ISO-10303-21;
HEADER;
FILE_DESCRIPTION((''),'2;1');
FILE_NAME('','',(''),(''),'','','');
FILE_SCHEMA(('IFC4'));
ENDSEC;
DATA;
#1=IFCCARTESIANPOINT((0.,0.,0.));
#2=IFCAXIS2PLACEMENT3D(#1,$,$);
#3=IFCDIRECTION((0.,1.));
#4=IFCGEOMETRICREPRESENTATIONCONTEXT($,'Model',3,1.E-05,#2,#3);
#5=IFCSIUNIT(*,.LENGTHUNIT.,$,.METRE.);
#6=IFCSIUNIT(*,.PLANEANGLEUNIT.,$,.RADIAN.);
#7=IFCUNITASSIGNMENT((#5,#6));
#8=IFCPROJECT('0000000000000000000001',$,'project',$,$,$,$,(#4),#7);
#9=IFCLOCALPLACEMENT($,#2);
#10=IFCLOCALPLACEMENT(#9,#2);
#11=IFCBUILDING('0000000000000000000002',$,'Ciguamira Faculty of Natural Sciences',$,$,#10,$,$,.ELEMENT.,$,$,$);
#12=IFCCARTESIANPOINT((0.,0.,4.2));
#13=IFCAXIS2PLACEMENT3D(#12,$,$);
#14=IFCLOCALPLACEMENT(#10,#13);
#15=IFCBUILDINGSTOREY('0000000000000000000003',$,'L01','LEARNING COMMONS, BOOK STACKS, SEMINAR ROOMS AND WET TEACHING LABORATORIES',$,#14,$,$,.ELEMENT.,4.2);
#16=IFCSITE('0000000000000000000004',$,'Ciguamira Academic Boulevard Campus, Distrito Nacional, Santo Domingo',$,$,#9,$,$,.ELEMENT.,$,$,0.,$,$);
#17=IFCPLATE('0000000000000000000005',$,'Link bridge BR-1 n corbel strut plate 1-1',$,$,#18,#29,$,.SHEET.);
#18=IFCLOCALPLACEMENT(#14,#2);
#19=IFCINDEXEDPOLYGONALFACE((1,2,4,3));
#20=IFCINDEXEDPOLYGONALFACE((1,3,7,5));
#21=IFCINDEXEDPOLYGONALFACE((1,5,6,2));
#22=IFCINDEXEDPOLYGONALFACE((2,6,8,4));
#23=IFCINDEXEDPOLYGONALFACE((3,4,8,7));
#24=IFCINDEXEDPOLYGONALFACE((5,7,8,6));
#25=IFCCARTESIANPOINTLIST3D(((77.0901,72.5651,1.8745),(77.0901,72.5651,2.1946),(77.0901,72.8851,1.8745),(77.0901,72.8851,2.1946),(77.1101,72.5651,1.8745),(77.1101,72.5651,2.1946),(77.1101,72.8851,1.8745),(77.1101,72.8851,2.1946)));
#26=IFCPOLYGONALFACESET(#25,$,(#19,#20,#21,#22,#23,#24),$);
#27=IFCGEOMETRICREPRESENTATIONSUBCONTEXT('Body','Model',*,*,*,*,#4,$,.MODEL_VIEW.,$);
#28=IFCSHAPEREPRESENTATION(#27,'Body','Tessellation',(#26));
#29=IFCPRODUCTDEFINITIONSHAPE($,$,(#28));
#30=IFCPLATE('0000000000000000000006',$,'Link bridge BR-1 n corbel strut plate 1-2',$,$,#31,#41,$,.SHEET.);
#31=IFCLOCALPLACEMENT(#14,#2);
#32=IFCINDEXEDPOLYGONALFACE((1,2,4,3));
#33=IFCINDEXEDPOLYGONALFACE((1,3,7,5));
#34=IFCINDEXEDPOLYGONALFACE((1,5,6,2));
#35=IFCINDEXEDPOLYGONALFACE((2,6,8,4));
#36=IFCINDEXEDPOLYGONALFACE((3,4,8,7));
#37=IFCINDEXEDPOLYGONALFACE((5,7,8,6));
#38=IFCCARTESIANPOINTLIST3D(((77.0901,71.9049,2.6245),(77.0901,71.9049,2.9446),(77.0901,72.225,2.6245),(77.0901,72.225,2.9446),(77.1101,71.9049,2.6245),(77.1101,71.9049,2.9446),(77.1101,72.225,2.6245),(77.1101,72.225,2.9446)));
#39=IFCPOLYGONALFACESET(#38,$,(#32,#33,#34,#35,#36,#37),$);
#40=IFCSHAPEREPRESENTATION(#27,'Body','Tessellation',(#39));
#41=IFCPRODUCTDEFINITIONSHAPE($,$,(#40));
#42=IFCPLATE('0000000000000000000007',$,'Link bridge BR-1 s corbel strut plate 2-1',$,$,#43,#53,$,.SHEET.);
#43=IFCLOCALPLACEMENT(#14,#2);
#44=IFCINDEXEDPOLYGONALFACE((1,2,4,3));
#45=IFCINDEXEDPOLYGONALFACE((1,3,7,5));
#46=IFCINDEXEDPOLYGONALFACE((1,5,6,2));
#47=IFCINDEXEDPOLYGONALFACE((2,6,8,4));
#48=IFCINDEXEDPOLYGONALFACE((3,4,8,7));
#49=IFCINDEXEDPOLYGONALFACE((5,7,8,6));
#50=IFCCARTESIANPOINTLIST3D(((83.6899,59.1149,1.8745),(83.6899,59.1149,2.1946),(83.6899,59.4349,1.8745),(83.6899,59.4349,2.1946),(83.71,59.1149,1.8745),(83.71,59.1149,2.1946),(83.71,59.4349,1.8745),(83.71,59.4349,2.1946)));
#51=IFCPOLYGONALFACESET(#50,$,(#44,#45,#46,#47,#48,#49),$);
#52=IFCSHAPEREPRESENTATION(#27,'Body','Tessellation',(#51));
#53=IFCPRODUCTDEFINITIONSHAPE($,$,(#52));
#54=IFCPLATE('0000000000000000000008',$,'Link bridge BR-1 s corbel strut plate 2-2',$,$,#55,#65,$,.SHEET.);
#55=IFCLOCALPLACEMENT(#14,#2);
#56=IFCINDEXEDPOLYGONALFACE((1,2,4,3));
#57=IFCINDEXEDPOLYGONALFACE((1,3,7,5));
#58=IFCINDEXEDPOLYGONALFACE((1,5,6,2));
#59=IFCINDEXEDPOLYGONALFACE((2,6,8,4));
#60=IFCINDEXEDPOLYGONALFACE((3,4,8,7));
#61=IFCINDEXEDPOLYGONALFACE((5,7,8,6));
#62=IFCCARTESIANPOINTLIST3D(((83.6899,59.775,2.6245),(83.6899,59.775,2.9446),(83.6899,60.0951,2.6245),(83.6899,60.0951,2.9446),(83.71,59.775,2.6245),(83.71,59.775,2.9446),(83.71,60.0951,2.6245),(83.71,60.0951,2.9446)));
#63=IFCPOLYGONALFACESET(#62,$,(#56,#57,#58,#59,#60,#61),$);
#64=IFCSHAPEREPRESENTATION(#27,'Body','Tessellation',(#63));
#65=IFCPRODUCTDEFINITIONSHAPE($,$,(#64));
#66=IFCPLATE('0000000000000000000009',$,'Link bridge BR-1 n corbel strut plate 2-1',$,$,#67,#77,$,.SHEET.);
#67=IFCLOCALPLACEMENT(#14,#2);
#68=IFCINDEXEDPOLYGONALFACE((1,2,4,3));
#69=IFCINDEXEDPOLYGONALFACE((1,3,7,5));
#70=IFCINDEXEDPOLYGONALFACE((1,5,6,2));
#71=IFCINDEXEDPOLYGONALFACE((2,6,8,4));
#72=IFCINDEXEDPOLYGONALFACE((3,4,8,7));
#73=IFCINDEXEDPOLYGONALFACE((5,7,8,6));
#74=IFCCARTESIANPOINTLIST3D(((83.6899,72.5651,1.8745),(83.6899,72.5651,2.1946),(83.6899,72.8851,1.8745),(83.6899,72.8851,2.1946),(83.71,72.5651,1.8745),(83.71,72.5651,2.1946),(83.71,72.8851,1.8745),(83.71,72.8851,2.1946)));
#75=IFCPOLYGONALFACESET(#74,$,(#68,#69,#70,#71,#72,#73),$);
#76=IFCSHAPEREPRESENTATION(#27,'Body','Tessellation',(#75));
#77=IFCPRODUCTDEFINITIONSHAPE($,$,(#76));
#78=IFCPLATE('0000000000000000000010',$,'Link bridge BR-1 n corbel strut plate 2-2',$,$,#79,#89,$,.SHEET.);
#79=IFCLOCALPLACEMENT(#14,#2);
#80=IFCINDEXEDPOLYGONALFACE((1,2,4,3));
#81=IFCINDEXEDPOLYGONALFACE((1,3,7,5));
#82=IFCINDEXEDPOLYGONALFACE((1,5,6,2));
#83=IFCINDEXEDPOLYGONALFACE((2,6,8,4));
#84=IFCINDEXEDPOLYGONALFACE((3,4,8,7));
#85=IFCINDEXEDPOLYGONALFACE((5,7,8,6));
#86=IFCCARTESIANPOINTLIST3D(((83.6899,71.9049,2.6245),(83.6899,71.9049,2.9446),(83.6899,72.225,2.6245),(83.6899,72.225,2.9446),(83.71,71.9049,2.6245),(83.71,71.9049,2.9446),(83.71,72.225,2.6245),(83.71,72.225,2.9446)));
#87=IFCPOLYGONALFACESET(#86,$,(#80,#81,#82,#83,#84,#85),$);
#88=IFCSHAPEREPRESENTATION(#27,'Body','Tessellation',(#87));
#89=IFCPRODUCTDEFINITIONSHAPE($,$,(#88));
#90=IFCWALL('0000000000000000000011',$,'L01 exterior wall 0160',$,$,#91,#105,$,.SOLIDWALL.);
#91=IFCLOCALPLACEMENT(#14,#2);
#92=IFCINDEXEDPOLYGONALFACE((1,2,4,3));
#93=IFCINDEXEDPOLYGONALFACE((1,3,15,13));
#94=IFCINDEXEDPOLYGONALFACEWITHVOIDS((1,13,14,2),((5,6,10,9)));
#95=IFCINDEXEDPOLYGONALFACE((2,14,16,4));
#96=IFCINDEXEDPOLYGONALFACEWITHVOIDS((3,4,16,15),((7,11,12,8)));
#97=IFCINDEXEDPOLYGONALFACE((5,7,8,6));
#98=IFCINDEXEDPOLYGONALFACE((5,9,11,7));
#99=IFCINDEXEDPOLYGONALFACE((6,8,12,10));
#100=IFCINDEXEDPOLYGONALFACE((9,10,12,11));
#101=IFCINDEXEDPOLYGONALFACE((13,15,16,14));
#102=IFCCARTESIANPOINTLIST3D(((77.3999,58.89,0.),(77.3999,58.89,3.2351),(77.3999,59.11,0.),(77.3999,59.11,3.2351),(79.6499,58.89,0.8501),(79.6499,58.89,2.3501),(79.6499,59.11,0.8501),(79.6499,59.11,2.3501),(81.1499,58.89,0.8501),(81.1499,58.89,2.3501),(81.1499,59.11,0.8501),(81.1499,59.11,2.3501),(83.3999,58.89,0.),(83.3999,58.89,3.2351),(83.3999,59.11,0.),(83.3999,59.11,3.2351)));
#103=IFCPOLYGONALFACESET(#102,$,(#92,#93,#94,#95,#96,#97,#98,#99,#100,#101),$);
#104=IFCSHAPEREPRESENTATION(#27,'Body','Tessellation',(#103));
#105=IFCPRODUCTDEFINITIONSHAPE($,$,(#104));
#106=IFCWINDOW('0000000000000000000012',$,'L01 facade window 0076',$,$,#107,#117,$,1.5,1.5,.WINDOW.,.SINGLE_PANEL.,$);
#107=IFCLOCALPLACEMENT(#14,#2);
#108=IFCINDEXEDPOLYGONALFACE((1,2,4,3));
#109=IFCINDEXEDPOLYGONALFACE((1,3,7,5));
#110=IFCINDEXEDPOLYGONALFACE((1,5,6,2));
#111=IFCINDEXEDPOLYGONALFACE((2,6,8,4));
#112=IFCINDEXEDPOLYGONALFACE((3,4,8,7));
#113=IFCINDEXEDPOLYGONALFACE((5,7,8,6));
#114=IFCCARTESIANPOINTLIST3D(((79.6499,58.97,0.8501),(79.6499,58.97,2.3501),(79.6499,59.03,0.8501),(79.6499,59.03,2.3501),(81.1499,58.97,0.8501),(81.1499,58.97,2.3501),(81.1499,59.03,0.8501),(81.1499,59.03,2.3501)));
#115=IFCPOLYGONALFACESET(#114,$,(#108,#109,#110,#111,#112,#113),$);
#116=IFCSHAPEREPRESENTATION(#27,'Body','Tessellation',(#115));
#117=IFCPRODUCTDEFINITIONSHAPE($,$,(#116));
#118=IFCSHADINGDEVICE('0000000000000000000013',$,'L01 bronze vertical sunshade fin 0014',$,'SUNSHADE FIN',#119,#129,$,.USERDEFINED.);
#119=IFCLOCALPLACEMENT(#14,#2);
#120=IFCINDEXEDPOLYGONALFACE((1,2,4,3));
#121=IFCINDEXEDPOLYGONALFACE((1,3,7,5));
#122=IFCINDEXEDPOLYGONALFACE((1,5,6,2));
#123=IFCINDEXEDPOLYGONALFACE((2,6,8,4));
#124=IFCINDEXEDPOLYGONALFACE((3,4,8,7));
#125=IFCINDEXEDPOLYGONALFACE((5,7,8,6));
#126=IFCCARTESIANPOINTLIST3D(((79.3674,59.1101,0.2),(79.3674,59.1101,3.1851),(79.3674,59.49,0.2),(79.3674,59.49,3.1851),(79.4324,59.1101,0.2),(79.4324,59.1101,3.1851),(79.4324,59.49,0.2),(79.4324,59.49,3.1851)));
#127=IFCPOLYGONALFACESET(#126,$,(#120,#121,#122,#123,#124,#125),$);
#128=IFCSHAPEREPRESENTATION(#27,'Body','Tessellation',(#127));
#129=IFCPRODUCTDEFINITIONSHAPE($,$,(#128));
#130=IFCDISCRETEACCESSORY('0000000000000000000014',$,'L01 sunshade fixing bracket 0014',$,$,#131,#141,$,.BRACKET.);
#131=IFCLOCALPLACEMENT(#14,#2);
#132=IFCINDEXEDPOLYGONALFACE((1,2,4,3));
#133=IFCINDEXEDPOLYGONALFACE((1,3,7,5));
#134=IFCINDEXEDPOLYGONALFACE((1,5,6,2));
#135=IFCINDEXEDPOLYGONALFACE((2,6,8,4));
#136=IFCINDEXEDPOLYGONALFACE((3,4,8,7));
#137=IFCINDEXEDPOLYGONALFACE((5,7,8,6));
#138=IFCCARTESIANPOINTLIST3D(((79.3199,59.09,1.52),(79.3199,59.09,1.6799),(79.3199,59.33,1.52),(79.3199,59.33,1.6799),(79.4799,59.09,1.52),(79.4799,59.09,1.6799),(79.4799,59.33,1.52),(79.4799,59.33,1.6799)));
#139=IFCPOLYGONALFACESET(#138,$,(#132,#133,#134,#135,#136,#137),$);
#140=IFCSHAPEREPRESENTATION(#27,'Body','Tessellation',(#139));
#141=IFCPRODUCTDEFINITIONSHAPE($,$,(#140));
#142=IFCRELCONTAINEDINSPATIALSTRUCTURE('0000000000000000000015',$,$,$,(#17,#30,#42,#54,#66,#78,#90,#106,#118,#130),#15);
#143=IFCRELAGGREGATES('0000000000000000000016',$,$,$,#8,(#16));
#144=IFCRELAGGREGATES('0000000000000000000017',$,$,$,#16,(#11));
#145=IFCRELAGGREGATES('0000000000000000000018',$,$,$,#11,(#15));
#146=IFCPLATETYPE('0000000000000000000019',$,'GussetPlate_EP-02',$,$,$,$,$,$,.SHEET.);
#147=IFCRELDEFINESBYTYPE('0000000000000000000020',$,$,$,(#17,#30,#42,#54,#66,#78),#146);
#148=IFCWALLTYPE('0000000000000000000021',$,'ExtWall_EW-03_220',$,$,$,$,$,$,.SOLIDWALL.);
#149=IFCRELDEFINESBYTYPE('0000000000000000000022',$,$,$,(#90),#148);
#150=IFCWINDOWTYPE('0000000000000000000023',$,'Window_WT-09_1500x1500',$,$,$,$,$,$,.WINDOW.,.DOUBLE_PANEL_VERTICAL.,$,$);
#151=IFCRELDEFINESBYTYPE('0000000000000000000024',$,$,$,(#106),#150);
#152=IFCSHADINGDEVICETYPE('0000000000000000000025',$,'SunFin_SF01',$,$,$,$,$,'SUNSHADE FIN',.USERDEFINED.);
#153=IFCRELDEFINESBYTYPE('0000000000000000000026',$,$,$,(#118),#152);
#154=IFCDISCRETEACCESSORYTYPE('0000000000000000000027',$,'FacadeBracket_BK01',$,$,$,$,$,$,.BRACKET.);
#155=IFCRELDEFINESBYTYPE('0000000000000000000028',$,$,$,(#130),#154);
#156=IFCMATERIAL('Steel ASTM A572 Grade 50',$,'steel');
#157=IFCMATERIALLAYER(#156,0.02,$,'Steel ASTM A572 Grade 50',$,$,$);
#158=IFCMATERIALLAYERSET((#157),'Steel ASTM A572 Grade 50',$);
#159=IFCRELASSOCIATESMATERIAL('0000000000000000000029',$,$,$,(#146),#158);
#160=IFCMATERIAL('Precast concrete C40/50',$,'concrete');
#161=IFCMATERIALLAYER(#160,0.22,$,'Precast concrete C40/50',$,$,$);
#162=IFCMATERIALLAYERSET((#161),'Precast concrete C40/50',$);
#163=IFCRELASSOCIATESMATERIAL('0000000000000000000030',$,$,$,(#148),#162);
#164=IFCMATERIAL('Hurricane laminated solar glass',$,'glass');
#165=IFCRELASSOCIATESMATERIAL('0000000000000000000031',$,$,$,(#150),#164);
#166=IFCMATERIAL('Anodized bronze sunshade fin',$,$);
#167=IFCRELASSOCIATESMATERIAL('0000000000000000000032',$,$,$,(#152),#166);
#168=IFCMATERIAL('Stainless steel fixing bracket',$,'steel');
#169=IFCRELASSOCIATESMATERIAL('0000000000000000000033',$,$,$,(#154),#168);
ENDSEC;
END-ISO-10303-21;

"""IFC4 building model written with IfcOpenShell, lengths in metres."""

from ifc_helpers import new_model, si_unit, direction, frame, frame_2d, origin, origin_2d, place, context, subcontext, project, spatial, rectangle, extrude, material, layer, layer_set, material_profile, profile_set, type_object, element, fill, save


model = new_model("IFC4")

# Units and contexts
model_context = context("Model", 3, precision=1e-05, world=origin(), true_north=direction((0.0, 1.0)))
body_context = subcontext(model_context, "Body", "Model", "MODEL_VIEW")
ifc_project = project(units=[si_unit("LENGTHUNIT", "METRE"), si_unit("PLANEANGLEUNIT", "RADIAN")], contexts=[model_context])

# Site, building, storey
site_placement = place(None, origin())
site = spatial("IfcSite", under=ifc_project, at=site_placement, Name="Ciguamira Academic Boulevard Campus, Distrito Nacional, Santo Domingo", CompositionType="ELEMENT", RefElevation=0.0)
building_placement = place(site_placement, origin())
building = spatial("IfcBuilding", under=site, at=building_placement, Name="Ciguamira Faculty of Natural Sciences", CompositionType="ELEMENT")
storey_placement = place(building_placement, frame((0.0, 0.0, 4.2)))
storey = spatial("IfcBuildingStorey", under=building, at=storey_placement, Name="L01", Description="LEARNING COMMONS, BOOK STACKS, SEMINAR ROOMS AND WET TEACHING LABORATORIES", CompositionType="ELEMENT", Elevation=4.2)

# Plates
ifc_material_1 = material(Name="Steel ASTM A572 Grade 50", Category="steel")
ifc_layer_1 = layer(ifc_material_1, 0.02, Name="Steel ASTM A572 Grade 50")
ifc_layer_set_1 = layer_set([ifc_layer_1], Name="Steel ASTM A572 Grade 50")
plate_type = type_object("IfcPlateType", Name="GussetPlate_EP-02", PredefinedType="SHEET", material=ifc_layer_set_1)
for number, where, z_axis, x_axis, name in (
    (1, (77.1001, 72.7251, 1.8745), (0.0, 0.0, 1.0), (1.0, 0.0, 0.0), "Link bridge BR-1 n corbel strut plate 1-1"),
    (2, (77.1001, 72.0649, 2.6245), (0.0, 0.0, 1.0), (1.0, 0.0, 0.0), "Link bridge BR-1 n corbel strut plate 1-2"),
    (3, (83.7, 59.2749, 1.8745), (0.0, 0.0, 1.0), (1.0, 0.0, 0.0), "Link bridge BR-1 s corbel strut plate 2-1"),
    (4, (83.7, 59.9351, 2.6245), (0.0, 0.0, 1.0), (1.0, 0.0, 0.0), "Link bridge BR-1 s corbel strut plate 2-2"),
    (5, (83.7, 72.7251, 1.8745), (0.0, 0.0, 1.0), (1.0, 0.0, 0.0), "Link bridge BR-1 n corbel strut plate 2-1"),
    (6, (83.7, 72.0649, 2.6245), (0.0, 0.0, 1.0), (1.0, 0.0, 0.0), "Link bridge BR-1 n corbel strut plate 2-2"),
):
    element("IfcPlate", number, at=place(storey_placement, frame(where, z_axis=z_axis, x_axis=x_axis)), inside=storey, type_object=plate_type, Name=name, PredefinedType="SHEET", context=body_context, shape_type="SweptSolid", body=[
        extrude(rectangle(XDim=0.02, YDim=0.3201, at=origin_2d()), origin(), (0.0, 0.0, 1.0), 0.3201),
    ])

# Wall, opening, window
ifc_material_2 = material(Name="Precast concrete C40/50", Category="concrete")
ifc_layer_2 = layer(ifc_material_2, 0.22, Name="Precast concrete C40/50")
ifc_layer_set_2 = layer_set([ifc_layer_2], Name="Precast concrete C40/50")
wall_type = type_object("IfcWallType", Name="ExtWall_EW-03_220", PredefinedType="SOLIDWALL", material=ifc_layer_set_2)
wall_placement = place(storey_placement, frame((77.3999, 59.0, 0.0), z_axis=(0.0, 0.0, 1.0), x_axis=(1.0, 0.0, 0.0)))
wall = element("IfcWall", 7, at=wall_placement, inside=storey, type_object=wall_type, Name="L01 exterior wall 0160", PredefinedType="SOLIDWALL", context=body_context, shape_type="SweptSolid", body=[
    extrude(rectangle(XDim=6.0, YDim=0.22, at=frame_2d((3.0, 0.0))), origin(), (0.0, 0.0, 1.0), 3.2351),
])
opening_placement = place(wall_placement, frame((2.25, 0.0, 0.8501)))
opening = element("IfcOpeningElement", 8, at=opening_placement, cuts=wall, PredefinedType="OPENING", context=body_context, shape_type="SweptSolid", body=[
    extrude(rectangle(XDim=1.5, YDim=1.5, at=frame_2d((0.75, 0.75))), frame((0.0, 0.1199, 0.0), z_axis=(0.0, -1.0, 0.0), x_axis=(1.0, 0.0, 0.0)), (0.0, 0.0, 1.0), 0.24),
])
ifc_material_3 = material(Name="Hurricane laminated solar glass", Category="glass")
window_type = type_object("IfcWindowType", Name="Window_WT-09_1500x1500", PartitioningType="DOUBLE_PANEL_VERTICAL", PredefinedType="WINDOW", material=ifc_material_3)
window_placement = place(opening_placement, origin())
window = element("IfcWindow", 9, at=window_placement, inside=storey, type_object=window_type, Name="L01 facade window 0076", OverallHeight=1.5, OverallWidth=1.5, PartitioningType="SINGLE_PANEL", PredefinedType="WINDOW", context=body_context, shape_type="SweptSolid", body=[
    extrude(rectangle(XDim=1.5, YDim=1.5, at=frame_2d((0.75, 0.75))), frame((0.0, 0.03, 0.0), z_axis=(0.0, -1.0, 0.0), x_axis=(1.0, 0.0, 0.0)), (0.0, 0.0, 1.0), 0.0601),
])
fill(opening, window)

# Shading device
ifc_material_4 = material(Name="Anodized bronze sunshade fin")
ifc_material_profile_1 = material_profile(ifc_material_4, rectangle(XDim=0.0649, YDim=0.3799, at=origin_2d()), Name="BRZ-FIN-65X380")
ifc_profile_set_1 = profile_set([ifc_material_profile_1], Name="Anodized bronze sunshade fin")
shading_device_type = type_object("IfcShadingDeviceType", Name="SunFin_SF01", ElementType="SUNSHADE FIN", PredefinedType="USERDEFINED", material=ifc_profile_set_1)
shading_device_placement = place(storey_placement, frame((79.3999, 59.3, 0.2), z_axis=(0.0, 0.0, 1.0), x_axis=(1.0, 0.0, 0.0)))
element("IfcShadingDevice", 10, at=shading_device_placement, inside=storey, type_object=shading_device_type, Name="L01 bronze vertical sunshade fin 0014", ObjectType="SUNSHADE FIN", PredefinedType="USERDEFINED", context=body_context, shape_type="SweptSolid", body=[
    extrude(rectangle(XDim=0.0649, YDim=0.3799, at=origin_2d()), origin(), (0.0, 0.0, 1.0), 2.9851),
])

# Discrete accessory
ifc_material_5 = material(Name="Stainless steel fixing bracket", Category="steel")
discrete_accessory_type = type_object("IfcDiscreteAccessoryType", Name="FacadeBracket_BK01", PredefinedType="BRACKET", material=ifc_material_5)
discrete_accessory_placement = place(storey_placement, frame((79.3999, 59.21, 1.52), z_axis=(0.0, 0.0, 1.0), x_axis=(1.0, 0.0, 0.0)))
element("IfcDiscreteAccessory", 11, at=discrete_accessory_placement, inside=storey, type_object=discrete_accessory_type, Name="L01 sunshade fixing bracket 0014", PredefinedType="BRACKET", context=body_context, shape_type="SweptSolid", body=[
    extrude(rectangle(XDim=0.1599, YDim=0.24, at=origin_2d()), origin(), (0.0, 0.0, 1.0), 0.1599),
])

save(model, "model.ifc")
